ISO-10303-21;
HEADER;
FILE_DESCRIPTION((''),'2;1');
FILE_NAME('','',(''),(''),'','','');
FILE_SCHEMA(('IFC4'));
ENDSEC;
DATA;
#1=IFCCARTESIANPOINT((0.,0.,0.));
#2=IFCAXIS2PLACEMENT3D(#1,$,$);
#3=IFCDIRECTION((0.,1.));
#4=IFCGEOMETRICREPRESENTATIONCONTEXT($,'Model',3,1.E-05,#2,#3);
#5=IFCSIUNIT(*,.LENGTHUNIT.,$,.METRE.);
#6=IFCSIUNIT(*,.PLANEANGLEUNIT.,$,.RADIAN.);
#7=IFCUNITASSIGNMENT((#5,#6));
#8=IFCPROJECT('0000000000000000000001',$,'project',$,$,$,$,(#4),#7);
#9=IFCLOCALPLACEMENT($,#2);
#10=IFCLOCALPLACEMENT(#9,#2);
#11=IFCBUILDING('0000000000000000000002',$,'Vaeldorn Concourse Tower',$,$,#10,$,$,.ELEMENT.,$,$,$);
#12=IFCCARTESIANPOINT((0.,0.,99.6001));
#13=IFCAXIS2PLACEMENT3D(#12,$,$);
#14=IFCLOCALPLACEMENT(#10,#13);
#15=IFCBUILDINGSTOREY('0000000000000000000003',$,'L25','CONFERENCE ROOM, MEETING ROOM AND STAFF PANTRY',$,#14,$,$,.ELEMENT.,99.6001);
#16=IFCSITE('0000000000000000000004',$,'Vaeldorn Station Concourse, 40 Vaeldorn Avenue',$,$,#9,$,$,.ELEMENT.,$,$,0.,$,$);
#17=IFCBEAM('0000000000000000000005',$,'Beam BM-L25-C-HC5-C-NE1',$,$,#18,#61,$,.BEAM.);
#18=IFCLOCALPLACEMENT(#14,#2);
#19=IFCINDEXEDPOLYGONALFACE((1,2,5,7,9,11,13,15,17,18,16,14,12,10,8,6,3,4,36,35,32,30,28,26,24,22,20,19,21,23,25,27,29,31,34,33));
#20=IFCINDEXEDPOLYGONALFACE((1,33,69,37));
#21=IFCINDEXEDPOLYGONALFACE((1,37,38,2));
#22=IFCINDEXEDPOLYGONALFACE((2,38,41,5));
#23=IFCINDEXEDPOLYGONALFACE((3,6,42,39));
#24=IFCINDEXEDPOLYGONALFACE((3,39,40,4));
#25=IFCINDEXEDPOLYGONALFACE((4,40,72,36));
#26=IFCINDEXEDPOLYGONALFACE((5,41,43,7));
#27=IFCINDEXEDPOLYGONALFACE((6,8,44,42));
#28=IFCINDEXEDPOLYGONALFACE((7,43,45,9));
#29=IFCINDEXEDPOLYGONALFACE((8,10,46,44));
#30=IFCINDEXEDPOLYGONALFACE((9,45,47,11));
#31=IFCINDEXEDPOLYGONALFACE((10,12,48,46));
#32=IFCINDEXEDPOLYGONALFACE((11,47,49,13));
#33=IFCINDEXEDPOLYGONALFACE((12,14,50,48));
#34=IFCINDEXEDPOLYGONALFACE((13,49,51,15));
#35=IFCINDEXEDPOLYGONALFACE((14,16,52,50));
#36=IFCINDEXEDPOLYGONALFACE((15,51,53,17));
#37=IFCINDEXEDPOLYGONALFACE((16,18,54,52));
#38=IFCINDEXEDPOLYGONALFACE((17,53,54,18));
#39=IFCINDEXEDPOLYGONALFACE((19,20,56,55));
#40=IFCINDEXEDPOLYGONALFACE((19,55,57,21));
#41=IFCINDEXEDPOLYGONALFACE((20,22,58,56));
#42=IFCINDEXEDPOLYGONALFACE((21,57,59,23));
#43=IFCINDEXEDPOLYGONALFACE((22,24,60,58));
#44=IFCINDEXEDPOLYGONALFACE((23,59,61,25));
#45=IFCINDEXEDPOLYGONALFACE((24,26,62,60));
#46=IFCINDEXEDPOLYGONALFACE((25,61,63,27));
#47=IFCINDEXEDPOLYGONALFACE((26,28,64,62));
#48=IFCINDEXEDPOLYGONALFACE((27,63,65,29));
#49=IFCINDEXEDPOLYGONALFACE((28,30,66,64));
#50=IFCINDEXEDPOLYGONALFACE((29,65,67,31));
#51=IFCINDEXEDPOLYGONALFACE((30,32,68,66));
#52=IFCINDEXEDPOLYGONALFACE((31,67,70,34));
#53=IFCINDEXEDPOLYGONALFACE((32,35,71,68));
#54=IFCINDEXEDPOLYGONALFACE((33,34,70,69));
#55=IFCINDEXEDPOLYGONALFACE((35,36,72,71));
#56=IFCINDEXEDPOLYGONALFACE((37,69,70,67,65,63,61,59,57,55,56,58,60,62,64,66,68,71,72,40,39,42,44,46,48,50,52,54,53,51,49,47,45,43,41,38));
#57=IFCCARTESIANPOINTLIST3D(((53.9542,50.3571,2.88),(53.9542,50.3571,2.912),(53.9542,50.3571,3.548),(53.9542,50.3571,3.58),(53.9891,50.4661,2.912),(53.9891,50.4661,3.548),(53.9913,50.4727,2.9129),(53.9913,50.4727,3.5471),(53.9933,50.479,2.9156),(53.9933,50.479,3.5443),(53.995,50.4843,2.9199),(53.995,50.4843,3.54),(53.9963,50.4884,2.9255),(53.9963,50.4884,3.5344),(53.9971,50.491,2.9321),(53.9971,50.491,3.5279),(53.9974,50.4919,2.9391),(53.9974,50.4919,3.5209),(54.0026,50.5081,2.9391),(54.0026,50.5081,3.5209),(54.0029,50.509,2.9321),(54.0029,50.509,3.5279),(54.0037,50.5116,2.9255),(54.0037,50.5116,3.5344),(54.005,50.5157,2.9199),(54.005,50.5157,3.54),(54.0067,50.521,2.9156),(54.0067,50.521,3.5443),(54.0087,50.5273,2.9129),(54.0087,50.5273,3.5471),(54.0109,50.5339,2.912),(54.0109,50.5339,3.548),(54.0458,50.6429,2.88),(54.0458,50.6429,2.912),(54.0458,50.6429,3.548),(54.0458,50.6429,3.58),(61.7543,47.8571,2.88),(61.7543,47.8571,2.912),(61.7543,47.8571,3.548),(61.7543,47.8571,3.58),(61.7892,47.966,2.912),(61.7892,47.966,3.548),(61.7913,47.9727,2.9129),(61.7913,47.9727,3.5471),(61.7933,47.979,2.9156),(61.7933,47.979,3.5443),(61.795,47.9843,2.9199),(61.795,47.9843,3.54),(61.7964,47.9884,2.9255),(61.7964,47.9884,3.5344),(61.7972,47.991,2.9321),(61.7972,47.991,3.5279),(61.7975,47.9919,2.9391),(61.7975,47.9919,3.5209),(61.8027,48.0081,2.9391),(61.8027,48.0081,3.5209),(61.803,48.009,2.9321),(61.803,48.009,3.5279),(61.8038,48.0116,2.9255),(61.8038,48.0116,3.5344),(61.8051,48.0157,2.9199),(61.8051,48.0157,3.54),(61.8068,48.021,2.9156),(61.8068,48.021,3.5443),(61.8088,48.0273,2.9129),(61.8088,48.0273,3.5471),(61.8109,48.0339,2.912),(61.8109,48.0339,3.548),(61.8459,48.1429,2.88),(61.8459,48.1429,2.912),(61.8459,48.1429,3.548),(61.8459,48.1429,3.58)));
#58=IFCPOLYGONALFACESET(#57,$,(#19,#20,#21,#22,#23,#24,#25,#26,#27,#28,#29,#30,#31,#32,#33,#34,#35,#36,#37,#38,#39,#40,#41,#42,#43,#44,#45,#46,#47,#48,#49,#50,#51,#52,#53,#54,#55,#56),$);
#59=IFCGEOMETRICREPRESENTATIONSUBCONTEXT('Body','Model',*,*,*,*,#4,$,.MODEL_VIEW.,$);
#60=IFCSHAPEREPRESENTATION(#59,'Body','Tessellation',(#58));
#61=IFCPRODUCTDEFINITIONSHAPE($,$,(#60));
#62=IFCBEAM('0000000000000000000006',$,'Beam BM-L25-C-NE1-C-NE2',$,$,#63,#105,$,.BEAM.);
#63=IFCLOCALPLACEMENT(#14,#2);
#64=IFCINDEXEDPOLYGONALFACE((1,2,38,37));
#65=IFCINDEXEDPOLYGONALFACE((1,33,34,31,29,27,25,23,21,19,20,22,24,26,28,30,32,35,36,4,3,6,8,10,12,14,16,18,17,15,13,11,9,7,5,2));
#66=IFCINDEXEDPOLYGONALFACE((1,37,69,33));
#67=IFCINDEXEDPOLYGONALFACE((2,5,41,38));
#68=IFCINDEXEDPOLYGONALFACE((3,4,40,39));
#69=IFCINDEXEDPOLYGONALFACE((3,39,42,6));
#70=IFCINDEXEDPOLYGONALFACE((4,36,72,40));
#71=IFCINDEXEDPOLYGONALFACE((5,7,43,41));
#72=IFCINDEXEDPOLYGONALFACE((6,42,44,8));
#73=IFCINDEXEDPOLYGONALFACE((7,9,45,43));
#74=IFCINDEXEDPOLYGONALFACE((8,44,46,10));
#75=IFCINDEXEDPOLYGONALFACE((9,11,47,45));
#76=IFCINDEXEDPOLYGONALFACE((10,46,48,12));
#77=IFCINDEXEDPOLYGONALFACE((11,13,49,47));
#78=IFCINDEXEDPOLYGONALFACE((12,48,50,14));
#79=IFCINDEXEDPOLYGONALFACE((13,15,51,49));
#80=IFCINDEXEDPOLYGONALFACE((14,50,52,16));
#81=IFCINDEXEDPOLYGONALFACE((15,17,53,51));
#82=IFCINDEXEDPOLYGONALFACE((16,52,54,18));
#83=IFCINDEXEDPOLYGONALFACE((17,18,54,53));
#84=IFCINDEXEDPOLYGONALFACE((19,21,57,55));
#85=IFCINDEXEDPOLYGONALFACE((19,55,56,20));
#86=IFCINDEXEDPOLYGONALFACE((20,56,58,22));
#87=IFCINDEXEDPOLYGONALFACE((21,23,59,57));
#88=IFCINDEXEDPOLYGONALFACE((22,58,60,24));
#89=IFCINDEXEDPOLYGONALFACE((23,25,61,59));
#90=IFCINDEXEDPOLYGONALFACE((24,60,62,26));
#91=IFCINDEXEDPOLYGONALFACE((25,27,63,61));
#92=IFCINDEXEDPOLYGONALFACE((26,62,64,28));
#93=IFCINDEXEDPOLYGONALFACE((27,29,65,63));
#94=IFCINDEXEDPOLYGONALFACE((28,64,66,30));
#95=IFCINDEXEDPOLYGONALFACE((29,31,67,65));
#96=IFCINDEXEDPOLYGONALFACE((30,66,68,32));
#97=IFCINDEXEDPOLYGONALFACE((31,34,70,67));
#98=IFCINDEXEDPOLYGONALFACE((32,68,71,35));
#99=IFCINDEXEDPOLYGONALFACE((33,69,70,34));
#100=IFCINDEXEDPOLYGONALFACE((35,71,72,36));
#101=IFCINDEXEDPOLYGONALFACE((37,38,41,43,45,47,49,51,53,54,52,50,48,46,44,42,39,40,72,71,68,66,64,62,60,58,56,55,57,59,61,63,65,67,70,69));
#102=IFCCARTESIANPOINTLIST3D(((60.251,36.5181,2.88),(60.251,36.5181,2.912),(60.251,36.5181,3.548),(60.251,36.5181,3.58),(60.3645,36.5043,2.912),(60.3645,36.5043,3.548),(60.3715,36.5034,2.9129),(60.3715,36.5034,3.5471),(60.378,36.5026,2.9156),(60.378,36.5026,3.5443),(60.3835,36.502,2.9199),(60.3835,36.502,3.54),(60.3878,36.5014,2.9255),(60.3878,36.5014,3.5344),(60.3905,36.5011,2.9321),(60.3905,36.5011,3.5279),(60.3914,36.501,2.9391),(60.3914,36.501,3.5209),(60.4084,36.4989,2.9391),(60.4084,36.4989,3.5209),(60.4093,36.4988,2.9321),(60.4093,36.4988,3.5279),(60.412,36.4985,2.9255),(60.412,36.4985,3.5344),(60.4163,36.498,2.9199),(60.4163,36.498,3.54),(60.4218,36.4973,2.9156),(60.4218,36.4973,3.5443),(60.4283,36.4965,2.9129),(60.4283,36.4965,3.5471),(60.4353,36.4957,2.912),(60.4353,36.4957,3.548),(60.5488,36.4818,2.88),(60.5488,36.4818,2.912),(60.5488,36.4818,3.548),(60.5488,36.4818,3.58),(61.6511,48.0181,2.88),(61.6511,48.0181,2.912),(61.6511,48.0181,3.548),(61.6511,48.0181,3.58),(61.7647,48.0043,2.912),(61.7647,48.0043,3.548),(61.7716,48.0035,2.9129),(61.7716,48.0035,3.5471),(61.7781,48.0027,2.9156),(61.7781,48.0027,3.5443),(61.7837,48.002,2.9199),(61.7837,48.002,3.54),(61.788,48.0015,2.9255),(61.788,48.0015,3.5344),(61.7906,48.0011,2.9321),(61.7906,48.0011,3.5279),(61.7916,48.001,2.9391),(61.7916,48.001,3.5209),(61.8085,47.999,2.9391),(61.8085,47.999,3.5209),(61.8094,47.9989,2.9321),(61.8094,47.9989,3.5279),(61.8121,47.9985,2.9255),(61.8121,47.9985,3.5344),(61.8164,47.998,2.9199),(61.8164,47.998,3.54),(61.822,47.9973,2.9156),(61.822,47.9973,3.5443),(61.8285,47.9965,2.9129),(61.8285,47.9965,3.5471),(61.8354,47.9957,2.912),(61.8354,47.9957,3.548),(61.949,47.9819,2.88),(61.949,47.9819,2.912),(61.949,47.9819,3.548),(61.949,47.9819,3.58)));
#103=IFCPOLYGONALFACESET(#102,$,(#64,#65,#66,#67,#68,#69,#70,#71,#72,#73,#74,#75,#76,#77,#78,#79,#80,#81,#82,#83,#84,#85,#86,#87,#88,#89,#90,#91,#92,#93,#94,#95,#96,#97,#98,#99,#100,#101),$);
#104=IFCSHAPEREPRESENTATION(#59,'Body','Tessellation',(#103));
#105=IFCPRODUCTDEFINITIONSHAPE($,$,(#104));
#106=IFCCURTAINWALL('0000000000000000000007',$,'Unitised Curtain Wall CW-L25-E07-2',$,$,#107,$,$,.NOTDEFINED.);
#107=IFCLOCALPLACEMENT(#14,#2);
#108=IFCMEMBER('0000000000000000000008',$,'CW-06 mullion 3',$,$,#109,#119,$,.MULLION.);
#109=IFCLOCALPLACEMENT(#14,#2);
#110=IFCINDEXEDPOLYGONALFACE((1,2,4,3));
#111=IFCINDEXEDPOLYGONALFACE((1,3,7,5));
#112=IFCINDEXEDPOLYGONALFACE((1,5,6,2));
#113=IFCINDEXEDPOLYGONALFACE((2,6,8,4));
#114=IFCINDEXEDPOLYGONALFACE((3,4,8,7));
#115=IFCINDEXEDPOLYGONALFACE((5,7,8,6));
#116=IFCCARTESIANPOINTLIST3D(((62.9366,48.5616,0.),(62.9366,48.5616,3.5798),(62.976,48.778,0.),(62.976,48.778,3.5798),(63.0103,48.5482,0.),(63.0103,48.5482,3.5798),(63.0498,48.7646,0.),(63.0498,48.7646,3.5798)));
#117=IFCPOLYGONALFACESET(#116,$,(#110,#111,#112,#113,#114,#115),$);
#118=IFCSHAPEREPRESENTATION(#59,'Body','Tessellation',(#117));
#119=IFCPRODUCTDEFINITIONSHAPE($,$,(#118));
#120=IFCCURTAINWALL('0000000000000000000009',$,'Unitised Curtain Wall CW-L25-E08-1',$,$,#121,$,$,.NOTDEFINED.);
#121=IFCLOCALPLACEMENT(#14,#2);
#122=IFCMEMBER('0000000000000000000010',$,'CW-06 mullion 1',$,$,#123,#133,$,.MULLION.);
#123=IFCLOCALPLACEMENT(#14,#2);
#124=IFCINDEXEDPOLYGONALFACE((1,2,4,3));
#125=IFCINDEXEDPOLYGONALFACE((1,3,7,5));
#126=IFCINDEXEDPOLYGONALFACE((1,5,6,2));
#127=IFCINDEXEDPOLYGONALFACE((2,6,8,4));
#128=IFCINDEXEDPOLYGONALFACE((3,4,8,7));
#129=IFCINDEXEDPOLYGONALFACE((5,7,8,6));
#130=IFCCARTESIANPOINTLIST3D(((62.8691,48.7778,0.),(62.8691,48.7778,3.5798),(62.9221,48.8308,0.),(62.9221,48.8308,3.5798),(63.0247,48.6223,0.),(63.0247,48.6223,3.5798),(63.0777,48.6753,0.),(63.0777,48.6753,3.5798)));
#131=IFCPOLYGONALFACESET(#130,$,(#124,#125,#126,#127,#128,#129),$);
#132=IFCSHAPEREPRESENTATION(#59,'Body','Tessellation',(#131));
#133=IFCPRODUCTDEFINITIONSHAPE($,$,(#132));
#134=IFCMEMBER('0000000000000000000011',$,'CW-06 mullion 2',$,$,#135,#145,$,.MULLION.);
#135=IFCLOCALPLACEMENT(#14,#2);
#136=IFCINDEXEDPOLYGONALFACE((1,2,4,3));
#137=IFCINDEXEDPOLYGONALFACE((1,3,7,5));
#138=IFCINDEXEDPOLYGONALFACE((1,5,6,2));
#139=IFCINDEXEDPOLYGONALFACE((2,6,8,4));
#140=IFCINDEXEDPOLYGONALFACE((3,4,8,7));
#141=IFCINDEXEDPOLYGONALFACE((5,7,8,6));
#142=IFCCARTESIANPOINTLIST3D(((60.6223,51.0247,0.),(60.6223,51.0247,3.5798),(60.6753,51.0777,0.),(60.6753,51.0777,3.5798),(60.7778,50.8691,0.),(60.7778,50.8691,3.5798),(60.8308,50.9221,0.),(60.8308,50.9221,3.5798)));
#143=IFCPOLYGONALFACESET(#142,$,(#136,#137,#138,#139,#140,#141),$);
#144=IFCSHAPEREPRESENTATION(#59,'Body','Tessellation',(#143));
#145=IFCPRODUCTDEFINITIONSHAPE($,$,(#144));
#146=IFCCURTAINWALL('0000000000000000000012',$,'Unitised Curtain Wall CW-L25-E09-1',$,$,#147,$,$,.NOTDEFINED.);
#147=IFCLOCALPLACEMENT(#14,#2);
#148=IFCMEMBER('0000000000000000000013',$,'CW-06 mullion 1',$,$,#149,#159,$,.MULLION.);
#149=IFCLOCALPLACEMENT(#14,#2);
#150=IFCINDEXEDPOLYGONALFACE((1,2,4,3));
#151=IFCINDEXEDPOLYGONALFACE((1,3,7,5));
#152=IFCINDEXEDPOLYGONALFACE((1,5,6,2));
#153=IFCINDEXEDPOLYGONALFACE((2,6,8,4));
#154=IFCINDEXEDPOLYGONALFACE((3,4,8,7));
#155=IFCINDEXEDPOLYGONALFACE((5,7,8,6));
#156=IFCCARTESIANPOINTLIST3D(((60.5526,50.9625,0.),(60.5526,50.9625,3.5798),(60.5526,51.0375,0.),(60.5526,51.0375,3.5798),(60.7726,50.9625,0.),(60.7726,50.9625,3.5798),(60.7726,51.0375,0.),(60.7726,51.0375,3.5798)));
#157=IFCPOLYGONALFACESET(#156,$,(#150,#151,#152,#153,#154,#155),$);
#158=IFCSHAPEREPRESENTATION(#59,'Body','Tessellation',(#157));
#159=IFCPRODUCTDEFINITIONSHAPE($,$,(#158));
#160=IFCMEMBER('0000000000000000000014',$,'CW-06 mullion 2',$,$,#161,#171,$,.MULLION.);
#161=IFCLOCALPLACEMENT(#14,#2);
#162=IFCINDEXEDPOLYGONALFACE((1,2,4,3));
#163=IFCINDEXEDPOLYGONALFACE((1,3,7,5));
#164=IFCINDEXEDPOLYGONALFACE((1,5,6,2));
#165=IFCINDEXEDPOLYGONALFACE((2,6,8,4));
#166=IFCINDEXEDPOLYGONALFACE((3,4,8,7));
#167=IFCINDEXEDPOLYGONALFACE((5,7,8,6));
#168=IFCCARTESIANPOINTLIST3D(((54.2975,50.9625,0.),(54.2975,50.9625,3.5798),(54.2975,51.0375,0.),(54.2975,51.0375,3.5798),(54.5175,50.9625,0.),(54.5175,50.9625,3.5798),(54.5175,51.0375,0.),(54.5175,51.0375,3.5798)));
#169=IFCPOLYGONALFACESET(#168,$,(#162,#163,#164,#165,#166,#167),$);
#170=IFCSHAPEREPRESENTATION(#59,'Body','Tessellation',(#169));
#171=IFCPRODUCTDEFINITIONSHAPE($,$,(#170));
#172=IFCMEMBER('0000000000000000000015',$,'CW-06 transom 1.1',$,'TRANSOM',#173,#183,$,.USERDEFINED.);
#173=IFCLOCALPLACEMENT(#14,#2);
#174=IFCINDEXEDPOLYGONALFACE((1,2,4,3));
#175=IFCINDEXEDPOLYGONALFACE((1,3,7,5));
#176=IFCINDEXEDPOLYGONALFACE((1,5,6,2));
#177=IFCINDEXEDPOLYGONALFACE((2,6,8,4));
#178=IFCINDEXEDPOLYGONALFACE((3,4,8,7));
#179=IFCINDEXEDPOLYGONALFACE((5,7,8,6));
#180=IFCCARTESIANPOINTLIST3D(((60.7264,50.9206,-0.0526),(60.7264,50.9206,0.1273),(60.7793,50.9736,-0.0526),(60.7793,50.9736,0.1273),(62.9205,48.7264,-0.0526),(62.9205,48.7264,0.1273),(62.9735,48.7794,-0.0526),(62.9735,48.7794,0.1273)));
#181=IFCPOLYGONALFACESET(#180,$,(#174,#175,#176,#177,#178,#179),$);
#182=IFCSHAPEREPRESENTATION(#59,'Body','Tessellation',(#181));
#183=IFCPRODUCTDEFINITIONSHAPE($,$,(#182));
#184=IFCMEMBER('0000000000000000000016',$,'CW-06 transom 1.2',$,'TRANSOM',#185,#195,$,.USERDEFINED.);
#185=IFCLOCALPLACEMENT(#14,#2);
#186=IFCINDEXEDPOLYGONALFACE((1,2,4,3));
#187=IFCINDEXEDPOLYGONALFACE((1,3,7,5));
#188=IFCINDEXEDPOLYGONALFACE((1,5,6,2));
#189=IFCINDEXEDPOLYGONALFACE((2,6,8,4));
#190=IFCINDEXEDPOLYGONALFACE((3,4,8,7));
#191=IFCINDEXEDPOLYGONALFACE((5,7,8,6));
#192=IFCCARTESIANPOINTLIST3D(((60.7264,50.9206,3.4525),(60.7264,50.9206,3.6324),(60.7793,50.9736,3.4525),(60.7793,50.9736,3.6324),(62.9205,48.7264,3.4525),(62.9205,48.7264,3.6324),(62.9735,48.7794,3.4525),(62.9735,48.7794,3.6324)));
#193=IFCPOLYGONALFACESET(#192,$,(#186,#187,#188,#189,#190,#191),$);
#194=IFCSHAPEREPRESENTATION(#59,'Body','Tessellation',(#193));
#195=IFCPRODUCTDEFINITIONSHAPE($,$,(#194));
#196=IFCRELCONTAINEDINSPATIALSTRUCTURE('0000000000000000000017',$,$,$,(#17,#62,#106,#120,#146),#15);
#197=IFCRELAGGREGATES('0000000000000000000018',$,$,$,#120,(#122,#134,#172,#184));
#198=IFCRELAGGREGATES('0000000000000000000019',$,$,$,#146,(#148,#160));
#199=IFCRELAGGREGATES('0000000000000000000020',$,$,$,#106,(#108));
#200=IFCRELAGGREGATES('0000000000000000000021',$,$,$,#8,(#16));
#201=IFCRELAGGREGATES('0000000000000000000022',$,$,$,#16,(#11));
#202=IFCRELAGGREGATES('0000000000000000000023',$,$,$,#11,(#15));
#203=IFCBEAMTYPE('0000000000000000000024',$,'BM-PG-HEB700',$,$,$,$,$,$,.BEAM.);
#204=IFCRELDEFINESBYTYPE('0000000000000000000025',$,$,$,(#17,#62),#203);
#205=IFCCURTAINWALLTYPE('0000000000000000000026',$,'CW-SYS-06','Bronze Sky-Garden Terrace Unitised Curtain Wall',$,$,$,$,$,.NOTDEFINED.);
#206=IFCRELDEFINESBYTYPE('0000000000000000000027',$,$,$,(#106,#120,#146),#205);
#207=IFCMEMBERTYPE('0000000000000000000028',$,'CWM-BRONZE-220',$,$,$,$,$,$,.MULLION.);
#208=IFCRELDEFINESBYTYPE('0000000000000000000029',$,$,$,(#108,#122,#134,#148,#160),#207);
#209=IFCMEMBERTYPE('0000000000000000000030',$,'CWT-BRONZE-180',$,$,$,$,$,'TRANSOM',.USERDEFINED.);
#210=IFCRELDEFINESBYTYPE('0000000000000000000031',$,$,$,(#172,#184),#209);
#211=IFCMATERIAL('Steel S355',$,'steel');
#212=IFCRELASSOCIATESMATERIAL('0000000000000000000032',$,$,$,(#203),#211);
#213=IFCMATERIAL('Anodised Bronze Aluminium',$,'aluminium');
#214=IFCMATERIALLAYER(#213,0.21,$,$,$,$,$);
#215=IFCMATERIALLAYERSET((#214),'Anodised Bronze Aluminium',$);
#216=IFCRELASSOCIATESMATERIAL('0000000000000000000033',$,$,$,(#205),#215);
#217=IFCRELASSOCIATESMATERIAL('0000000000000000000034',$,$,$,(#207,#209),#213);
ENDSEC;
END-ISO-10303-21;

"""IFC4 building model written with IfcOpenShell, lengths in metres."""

from ifc_helpers import new_model, si_unit, direction, frame, origin, origin_2d, place, context, subcontext, project, spatial, rectangle, i_section, extrude, source, transform, mapped, material, layer, layer_set, material_profile, profile_set, type_object, element, aggregate, save


model = new_model("IFC4")

# Units and contexts
model_context = context("Model", 3, precision=1e-05, world=origin(), true_north=direction((0.0, 1.0)))
body_context = subcontext(model_context, "Body", "Model", "MODEL_VIEW")
ifc_project = project(units=[si_unit("LENGTHUNIT", "METRE"), si_unit("PLANEANGLEUNIT", "RADIAN")], contexts=[model_context])

# Site, building, storey
site_placement = place(None, origin())
site = spatial("IfcSite", under=ifc_project, at=site_placement, Name="Vaeldorn Station Concourse, 40 Vaeldorn Avenue", CompositionType="ELEMENT", RefElevation=0.0)
building_placement = place(site_placement, origin())
building = spatial("IfcBuilding", under=site, at=building_placement, Name="Vaeldorn Concourse Tower", CompositionType="ELEMENT")
storey_placement = place(building_placement, frame((0.0, 0.0, 99.6001)))
storey = spatial("IfcBuildingStorey", under=building, at=storey_placement, Name="L25", Description="CONFERENCE ROOM, MEETING ROOM AND STAFF PANTRY", CompositionType="ELEMENT", Elevation=99.6001)

# Beams
ifc_material_1 = material(Name="Steel S355", Category="steel")
ifc_material_profile_1 = material_profile(ifc_material_1, i_section(OverallWidth=0.3, OverallDepth=0.7, WebThickness=0.0171, FlangeThickness=0.032, FilletRadius=0.0271, at=origin_2d()), Name="HEB 700")
ifc_profile_set_1 = profile_set([ifc_material_profile_1], Name="Steel S355")
beam_type_1 = type_object("IfcBeamType", Name="BM-PG-HEB700", PredefinedType="BEAM", material=ifc_profile_set_1)
shared_shape_1 = source(origin(), body_context, "Body", "SweptSolid", [
    extrude(i_section(OverallWidth=0.3, OverallDepth=0.7, WebThickness=0.0171, FlangeThickness=0.032, FilletRadius=0.0271, at=origin_2d()), origin(), (0.0, 0.0, 1.0), 8.1909),
])
beam_1_placement = place(storey_placement, frame((54.0, 50.5, 3.23), z_axis=(0.952283, -0.305217, 0.0), x_axis=(0.305217, 0.952283, 0.0)))
element("IfcBeam", 1, at=beam_1_placement, inside=storey, type_object=beam_type_1, Name="Beam BM-L25-C-HC5-C-NE1", PredefinedType="BEAM", context=body_context, shape_type="MappedRepresentation", body=[
    mapped(shared_shape_1, transform((0.0, 0.0, 0.0), scale=1.0)),
])
shared_shape_2 = source(origin(), body_context, "Body", "SweptSolid", [
    extrude(i_section(OverallWidth=0.3, OverallDepth=0.7, WebThickness=0.0171, FlangeThickness=0.032, FilletRadius=0.0271, at=origin_2d()), origin(), (0.0, 0.0, 1.0), 11.585),
])
beam_2_placement = place(storey_placement, frame((61.8, 48.0, 3.23), z_axis=(-0.120859, -0.99267, 0.0), x_axis=(0.99267, -0.120859, 0.0)))
element("IfcBeam", 2, at=beam_2_placement, inside=storey, type_object=beam_type_1, Name="Beam BM-L25-C-NE1-C-NE2", PredefinedType="BEAM", context=body_context, shape_type="MappedRepresentation", body=[
    mapped(shared_shape_2, transform((0.0, 0.0, 0.0), scale=1.0)),
])

# Curtain wall, member
ifc_material_2 = material(Name="Anodised Bronze Aluminium", Category="aluminium")
ifc_layer_1 = layer(ifc_material_2, 0.21)
ifc_layer_set_1 = layer_set([ifc_layer_1], Name="Anodised Bronze Aluminium")
curtain_wall_type = type_object("IfcCurtainWallType", Name="CW-SYS-06", Description="Bronze Sky-Garden Terrace Unitised Curtain Wall", PredefinedType="NOTDEFINED", material=ifc_layer_set_1)
curtain_wall_1_placement = place(storey_placement, origin())
curtain_wall_1 = element("IfcCurtainWall", 3, at=curtain_wall_1_placement, inside=storey, type_object=curtain_wall_type, Name="Unitised Curtain Wall CW-L25-E07-2", PredefinedType="NOTDEFINED")
ifc_material_profile_2 = material_profile(ifc_material_2, rectangle(XDim=0.075, YDim=0.22, at=origin_2d()), Name="CWM 75x220")
ifc_profile_set_2 = profile_set([ifc_material_profile_2], Name="Anodised Bronze Aluminium")
member_type_1 = type_object("IfcMemberType", Name="CWM-BRONZE-220", PredefinedType="MULLION", material=ifc_profile_set_2)
shared_shape_3 = source(origin(), body_context, "Body", "SweptSolid", [
    extrude(rectangle(XDim=0.075, YDim=0.22, at=origin_2d()), origin(), (0.0, 0.0, 1.0), 3.5798),
])
member_1_placement = place(storey_placement, frame((62.9932, 48.6631, 0.0), z_axis=(0.0, 0.0, 1.0), x_axis=(-0.983763, 0.179472, 0.0)))
member_1 = element("IfcMember", 4, at=member_1_placement, type_object=member_type_1, Name="CW-06 mullion 3", PredefinedType="MULLION", context=body_context, shape_type="MappedRepresentation", body=[
    mapped(shared_shape_3, transform((0.0, 0.0, 0.0), scale=1.0)),
])

# Curtain walls, members
curtain_wall_2_placement = place(storey_placement, origin())
curtain_wall_2 = element("IfcCurtainWall", 5, at=curtain_wall_2_placement, inside=storey, type_object=curtain_wall_type, Name="Unitised Curtain Wall CW-L25-E08-1", PredefinedType="NOTDEFINED")
member_2_placement = place(storey_placement, frame((62.9734, 48.7266, 0.0), z_axis=(0.0, 0.0, 1.0), x_axis=(-0.707107, -0.707107, 0.0)))
member_2 = element("IfcMember", 6, at=member_2_placement, type_object=member_type_1, Name="CW-06 mullion 1", PredefinedType="MULLION", context=body_context, shape_type="MappedRepresentation", body=[
    mapped(shared_shape_3, transform((0.0, 0.0, 0.0), scale=1.0)),
])
member_3_placement = place(storey_placement, frame((60.7266, 50.9734, 0.0), z_axis=(0.0, 0.0, 1.0), x_axis=(-0.707107, -0.707107, 0.0)))
member_3 = element("IfcMember", 7, at=member_3_placement, type_object=member_type_1, Name="CW-06 mullion 2", PredefinedType="MULLION", context=body_context, shape_type="MappedRepresentation", body=[
    mapped(shared_shape_3, transform((0.0, 0.0, 0.0), scale=1.0)),
])
curtain_wall_3_placement = place(storey_placement, origin())
curtain_wall_3 = element("IfcCurtainWall", 8, at=curtain_wall_3_placement, inside=storey, type_object=curtain_wall_type, Name="Unitised Curtain Wall CW-L25-E09-1", PredefinedType="NOTDEFINED")
member_4_placement = place(storey_placement, frame((60.6626, 51.0, 0.0), z_axis=(0.0, 0.0, 1.0), x_axis=(0.0, -1.0, 0.0)))
member_4 = element("IfcMember", 9, at=member_4_placement, type_object=member_type_1, Name="CW-06 mullion 1", PredefinedType="MULLION", context=body_context, shape_type="MappedRepresentation", body=[
    mapped(shared_shape_3, transform((0.0, 0.0, 0.0), scale=1.0)),
])
member_5_placement = place(storey_placement, frame((54.4075, 51.0, 0.0), z_axis=(0.0, 0.0, 1.0), x_axis=(0.0, -1.0, 0.0)))
member_5 = element("IfcMember", 10, at=member_5_placement, type_object=member_type_1, Name="CW-06 mullion 2", PredefinedType="MULLION", context=body_context, shape_type="MappedRepresentation", body=[
    mapped(shared_shape_3, transform((0.0, 0.0, 0.0), scale=1.0)),
])

# Members
ifc_material_profile_3 = material_profile(ifc_material_2, rectangle(XDim=0.075, YDim=0.1799, at=origin_2d()), Name="CWT 75x180")
ifc_profile_set_3 = profile_set([ifc_material_profile_3], Name="Anodised Bronze Aluminium")
member_type_2 = type_object("IfcMemberType", Name="CWT-BRONZE-180", ElementType="TRANSOM", PredefinedType="USERDEFINED", material=ifc_profile_set_3)
shared_shape_4 = source(origin(), body_context, "Body", "SweptSolid", [
    extrude(rectangle(XDim=0.075, YDim=0.1799, at=origin_2d()), origin(), (0.0, 0.0, 1.0), 3.103),
])
member_6_placement = place(storey_placement, frame((62.947, 48.7529, 0.0374), z_axis=(-0.707107, 0.707107, 0.0), x_axis=(-0.707107, -0.707107, 0.0)))
member_6 = element("IfcMember", 11, at=member_6_placement, type_object=member_type_2, Name="CW-06 transom 1.1", ObjectType="TRANSOM", PredefinedType="USERDEFINED", context=body_context, shape_type="MappedRepresentation", body=[
    mapped(shared_shape_4, transform((0.0, 0.0, 0.0), scale=1.0)),
])
member_7_placement = place(storey_placement, frame((62.947, 48.7529, 3.5425), z_axis=(-0.707107, 0.707107, 0.0), x_axis=(-0.707107, -0.707107, 0.0)))
member_7 = element("IfcMember", 12, at=member_7_placement, type_object=member_type_2, Name="CW-06 transom 1.2", ObjectType="TRANSOM", PredefinedType="USERDEFINED", context=body_context, shape_type="MappedRepresentation", body=[
    mapped(shared_shape_4, transform((0.0, 0.0, 0.0), scale=1.0)),
])

aggregate(curtain_wall_2, [member_2, member_3, member_6, member_7])
aggregate(curtain_wall_3, [member_4, member_5])
aggregate(curtain_wall_1, [member_1])

save(model, "model.ifc")
